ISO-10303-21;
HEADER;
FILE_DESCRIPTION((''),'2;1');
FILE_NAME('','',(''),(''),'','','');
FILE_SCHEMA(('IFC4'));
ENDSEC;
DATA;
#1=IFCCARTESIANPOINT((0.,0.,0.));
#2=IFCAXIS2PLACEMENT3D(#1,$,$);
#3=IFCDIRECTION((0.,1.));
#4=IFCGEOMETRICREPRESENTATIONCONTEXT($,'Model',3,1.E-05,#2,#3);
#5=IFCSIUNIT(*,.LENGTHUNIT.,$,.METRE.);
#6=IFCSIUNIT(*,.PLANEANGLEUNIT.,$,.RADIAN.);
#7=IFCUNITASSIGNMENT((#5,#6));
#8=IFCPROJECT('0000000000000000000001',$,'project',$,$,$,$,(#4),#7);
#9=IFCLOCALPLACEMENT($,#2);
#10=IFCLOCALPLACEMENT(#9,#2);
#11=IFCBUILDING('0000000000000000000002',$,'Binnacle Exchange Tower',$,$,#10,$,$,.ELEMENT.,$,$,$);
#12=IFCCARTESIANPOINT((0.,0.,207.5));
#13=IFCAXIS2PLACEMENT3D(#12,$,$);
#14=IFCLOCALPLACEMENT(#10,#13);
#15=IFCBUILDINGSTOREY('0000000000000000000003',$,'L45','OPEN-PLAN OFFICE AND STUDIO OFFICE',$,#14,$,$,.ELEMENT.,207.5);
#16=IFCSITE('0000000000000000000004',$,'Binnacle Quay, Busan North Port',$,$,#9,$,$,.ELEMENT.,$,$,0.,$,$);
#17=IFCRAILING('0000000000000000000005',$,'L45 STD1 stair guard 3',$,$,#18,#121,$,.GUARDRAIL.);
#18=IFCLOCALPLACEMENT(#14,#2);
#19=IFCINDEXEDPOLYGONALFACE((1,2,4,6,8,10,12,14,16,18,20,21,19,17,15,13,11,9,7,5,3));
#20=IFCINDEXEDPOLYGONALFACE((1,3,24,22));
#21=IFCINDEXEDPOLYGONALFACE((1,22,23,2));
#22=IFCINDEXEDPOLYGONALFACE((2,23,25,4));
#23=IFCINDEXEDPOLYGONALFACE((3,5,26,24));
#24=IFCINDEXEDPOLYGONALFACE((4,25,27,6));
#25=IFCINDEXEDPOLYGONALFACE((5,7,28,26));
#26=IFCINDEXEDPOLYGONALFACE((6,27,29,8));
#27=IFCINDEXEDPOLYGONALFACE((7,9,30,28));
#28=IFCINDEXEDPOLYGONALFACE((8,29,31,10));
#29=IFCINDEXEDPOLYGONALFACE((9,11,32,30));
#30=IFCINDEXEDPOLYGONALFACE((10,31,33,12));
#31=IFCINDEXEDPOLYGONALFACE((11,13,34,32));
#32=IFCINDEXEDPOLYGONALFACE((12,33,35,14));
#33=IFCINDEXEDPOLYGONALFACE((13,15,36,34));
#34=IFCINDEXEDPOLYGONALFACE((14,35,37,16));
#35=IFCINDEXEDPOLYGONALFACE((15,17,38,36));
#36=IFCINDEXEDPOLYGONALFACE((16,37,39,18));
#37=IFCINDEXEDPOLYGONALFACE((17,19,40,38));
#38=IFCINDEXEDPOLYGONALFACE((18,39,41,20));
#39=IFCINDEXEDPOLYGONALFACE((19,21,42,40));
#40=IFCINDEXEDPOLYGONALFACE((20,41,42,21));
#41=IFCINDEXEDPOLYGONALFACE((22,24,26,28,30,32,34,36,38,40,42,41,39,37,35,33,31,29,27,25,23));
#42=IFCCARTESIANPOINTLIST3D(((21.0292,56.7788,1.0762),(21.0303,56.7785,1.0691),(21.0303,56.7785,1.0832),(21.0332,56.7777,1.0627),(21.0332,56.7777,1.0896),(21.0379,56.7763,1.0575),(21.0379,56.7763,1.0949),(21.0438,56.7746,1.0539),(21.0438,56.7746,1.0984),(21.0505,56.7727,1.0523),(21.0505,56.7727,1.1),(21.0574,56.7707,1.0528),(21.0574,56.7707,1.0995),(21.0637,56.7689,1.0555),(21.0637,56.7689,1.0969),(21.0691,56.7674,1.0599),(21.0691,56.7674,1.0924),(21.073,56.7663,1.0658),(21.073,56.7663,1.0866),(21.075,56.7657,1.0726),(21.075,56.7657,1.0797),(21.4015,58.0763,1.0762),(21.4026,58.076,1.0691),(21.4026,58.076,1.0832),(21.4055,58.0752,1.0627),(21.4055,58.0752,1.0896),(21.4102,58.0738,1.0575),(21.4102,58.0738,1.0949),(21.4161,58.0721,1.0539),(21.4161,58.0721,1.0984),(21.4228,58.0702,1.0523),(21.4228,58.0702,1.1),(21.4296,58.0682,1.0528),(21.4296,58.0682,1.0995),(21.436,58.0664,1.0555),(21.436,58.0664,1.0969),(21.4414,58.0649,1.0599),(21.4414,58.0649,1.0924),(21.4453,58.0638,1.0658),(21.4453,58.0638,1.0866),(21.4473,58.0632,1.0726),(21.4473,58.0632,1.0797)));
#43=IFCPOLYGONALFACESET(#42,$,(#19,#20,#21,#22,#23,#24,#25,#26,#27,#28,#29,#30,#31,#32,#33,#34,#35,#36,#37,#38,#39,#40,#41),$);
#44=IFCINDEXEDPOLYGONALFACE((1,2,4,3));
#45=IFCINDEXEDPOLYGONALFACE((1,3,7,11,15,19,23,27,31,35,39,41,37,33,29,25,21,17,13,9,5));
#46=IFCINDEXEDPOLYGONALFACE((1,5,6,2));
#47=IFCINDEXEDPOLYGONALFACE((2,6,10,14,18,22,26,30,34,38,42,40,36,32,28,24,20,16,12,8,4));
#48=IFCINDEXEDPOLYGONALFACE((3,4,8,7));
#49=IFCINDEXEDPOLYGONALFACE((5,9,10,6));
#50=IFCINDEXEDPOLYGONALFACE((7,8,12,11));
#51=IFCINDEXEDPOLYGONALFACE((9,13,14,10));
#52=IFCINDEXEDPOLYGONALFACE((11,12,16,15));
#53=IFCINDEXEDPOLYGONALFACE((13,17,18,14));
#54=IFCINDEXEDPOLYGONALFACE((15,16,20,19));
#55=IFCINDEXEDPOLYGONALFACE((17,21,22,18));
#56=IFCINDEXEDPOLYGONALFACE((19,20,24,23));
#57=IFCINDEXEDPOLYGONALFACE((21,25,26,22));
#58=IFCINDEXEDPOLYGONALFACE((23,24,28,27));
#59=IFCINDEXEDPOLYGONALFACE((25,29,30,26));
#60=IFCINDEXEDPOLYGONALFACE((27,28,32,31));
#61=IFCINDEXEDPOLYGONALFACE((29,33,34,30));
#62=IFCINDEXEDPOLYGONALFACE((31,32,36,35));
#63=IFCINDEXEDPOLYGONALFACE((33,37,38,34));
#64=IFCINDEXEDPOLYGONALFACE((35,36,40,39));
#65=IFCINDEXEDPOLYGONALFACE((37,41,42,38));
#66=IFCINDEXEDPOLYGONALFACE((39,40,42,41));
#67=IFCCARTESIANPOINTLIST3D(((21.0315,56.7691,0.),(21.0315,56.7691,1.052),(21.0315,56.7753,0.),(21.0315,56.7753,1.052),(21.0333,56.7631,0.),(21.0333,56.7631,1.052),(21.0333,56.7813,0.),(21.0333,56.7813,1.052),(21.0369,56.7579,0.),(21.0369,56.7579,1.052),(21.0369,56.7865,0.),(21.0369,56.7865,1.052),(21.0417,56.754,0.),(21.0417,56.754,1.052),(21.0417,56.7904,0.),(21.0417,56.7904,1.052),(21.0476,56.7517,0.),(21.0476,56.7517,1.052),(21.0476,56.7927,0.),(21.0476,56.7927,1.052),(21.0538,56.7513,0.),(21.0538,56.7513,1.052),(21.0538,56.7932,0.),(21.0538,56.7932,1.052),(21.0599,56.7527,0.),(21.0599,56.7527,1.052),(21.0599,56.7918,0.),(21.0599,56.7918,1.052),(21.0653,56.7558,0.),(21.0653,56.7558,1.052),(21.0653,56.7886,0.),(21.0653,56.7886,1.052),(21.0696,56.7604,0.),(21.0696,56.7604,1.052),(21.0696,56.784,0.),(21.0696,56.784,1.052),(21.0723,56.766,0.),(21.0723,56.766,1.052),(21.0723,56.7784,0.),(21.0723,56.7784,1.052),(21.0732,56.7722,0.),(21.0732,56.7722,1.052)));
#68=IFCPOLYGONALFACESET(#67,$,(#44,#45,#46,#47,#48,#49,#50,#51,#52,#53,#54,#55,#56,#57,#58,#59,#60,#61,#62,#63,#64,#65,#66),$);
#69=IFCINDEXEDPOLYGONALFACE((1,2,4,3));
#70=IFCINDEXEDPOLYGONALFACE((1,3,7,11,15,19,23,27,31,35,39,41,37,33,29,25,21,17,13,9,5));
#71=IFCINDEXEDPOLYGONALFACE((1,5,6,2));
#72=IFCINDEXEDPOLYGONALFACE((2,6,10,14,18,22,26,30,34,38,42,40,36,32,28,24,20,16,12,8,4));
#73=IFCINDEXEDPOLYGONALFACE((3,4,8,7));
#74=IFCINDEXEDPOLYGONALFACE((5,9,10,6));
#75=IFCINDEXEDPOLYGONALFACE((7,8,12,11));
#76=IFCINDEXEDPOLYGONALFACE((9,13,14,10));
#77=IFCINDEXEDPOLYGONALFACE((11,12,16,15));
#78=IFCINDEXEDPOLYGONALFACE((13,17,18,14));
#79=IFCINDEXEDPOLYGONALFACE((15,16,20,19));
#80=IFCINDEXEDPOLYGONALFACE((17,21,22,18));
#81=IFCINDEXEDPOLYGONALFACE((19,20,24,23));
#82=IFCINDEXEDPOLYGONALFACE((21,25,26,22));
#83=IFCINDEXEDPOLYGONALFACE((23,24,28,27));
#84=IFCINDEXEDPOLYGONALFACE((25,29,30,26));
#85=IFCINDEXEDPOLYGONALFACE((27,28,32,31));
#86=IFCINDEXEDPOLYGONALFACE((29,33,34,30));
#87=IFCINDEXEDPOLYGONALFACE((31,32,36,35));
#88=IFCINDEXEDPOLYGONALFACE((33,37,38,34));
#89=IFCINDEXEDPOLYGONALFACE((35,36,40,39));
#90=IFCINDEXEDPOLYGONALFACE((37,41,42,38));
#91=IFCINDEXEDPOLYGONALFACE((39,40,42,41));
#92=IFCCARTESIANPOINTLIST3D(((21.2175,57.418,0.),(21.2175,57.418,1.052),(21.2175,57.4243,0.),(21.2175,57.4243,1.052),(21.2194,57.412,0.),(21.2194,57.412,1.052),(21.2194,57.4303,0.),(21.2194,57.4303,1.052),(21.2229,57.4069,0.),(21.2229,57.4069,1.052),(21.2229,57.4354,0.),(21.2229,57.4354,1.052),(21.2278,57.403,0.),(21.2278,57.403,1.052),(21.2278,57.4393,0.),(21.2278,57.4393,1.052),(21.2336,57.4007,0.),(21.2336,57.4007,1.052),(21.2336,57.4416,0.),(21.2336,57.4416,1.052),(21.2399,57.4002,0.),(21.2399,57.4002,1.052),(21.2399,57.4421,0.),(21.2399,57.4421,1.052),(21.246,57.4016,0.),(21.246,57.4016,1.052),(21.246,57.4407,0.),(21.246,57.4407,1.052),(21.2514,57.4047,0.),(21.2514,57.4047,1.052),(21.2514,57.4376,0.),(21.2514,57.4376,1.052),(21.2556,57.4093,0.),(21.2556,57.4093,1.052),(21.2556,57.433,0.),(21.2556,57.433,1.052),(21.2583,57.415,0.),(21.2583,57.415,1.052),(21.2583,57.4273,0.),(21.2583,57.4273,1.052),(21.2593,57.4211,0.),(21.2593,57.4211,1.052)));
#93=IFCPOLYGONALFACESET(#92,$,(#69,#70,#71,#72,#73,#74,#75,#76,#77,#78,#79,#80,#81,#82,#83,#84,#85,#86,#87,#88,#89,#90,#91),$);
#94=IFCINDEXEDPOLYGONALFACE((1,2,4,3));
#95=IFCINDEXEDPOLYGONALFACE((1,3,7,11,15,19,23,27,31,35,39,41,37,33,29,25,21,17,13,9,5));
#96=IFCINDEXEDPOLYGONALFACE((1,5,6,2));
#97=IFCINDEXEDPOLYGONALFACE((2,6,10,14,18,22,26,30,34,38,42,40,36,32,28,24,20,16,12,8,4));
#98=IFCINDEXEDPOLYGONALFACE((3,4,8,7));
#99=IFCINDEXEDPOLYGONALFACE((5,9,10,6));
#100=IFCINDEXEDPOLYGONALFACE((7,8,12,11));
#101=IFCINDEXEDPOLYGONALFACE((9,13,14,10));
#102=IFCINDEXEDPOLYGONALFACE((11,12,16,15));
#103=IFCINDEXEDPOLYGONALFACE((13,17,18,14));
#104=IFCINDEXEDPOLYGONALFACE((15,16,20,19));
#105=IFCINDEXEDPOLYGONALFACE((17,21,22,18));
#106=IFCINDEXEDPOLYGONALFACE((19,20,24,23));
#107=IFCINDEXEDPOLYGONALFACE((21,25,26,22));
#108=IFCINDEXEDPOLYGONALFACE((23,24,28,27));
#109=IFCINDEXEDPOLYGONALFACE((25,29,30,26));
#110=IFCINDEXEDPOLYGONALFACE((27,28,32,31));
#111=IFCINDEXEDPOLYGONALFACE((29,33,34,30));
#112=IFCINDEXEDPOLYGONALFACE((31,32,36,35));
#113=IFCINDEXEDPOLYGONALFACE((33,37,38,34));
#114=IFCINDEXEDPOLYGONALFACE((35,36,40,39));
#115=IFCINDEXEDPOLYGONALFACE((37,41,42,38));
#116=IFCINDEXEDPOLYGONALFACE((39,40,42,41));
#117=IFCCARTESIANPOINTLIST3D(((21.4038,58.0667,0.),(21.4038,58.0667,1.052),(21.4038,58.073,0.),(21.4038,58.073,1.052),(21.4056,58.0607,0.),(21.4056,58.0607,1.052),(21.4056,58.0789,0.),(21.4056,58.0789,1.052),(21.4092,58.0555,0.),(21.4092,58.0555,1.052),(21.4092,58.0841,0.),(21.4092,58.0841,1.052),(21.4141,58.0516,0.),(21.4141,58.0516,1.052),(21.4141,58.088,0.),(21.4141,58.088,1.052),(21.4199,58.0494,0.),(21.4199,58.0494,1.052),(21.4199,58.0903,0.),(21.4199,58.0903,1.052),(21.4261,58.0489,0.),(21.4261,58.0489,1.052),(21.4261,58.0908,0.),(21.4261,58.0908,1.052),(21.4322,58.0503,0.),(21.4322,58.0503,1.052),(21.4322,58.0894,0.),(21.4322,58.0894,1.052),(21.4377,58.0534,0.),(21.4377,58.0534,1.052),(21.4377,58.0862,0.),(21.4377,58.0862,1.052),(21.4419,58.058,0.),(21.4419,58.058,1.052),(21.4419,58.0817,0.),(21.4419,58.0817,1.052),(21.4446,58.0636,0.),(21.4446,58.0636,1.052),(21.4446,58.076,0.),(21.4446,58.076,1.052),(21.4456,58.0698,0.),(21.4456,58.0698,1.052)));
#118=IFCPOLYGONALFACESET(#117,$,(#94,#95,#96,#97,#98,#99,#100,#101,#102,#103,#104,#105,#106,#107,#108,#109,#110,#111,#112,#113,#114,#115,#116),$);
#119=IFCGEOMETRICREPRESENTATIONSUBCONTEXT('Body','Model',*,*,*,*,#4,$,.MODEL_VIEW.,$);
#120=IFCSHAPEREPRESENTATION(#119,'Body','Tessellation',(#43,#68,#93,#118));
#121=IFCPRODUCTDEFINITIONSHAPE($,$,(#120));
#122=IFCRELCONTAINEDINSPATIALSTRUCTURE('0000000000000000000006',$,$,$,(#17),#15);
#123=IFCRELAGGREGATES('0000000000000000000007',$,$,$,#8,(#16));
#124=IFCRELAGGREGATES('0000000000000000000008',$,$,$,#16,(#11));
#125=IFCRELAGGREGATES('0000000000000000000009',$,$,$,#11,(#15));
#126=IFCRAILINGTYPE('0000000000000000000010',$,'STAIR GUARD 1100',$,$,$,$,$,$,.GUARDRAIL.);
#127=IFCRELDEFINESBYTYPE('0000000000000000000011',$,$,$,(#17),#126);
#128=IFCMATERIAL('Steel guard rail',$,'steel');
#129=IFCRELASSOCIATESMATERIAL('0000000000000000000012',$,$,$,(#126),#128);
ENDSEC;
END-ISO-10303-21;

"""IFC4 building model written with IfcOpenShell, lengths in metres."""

from ifc_helpers import new_model, si_unit, direction, frame, origin, origin_2d, place, context, subcontext, project, spatial, circle, extrude, material, type_object, element, save


model = new_model("IFC4")

# Units and contexts
model_context = context("Model", 3, precision=1e-05, world=origin(), true_north=direction((0.0, 1.0)))
body_context = subcontext(model_context, "Body", "Model", "MODEL_VIEW")
ifc_project = project(units=[si_unit("LENGTHUNIT", "METRE"), si_unit("PLANEANGLEUNIT", "RADIAN")], contexts=[model_context])

# Site, building, storey
site_placement = place(None, origin())
site = spatial("IfcSite", under=ifc_project, at=site_placement, Name="Binnacle Quay, Busan North Port", CompositionType="ELEMENT", RefElevation=0.0)
building_placement = place(site_placement, origin())
building = spatial("IfcBuilding", under=site, at=building_placement, Name="Binnacle Exchange Tower", CompositionType="ELEMENT")
storey_placement = place(building_placement, frame((0.0, 0.0, 207.5)))
storey = spatial("IfcBuildingStorey", under=building, at=storey_placement, Name="L45", Description="OPEN-PLAN OFFICE AND STUDIO OFFICE", CompositionType="ELEMENT", Elevation=207.5)

# Railing
ifc_material_1 = material(Name="Steel guard rail", Category="steel")
railing_type = type_object("IfcRailingType", Name="STAIR GUARD 1100", PredefinedType="GUARDRAIL", material=ifc_material_1)
railing_1_placement = place(storey_placement, frame((21.0522, 56.7722, 0.0)))
element("IfcRailing", 1, at=railing_1_placement, inside=storey, type_object=railing_type, Name="L45 STD1 stair guard 3", PredefinedType="GUARDRAIL", context=body_context, shape_type="SweptSolid", body=[
    extrude(circle(Radius=0.0239, at=origin_2d()), frame((0.0, 0.0, 1.0762), z_axis=(0.275796, 0.961216, 0.0), x_axis=(-0.961216, 0.275796, 0.0)), (0.0, 0.0, 1.0), 1.3499),
    extrude(circle(Radius=0.021, at=origin_2d()), origin(), (0.0, 0.0, 1.0), 1.052),
    extrude(circle(Radius=0.021, at=origin_2d()), frame((0.186, 0.6489, 0.0)), (0.0, 0.0, 1.0), 1.052),
    extrude(circle(Radius=0.021, at=origin_2d()), frame((0.3723, 1.2976, 0.0)), (0.0, 0.0, 1.0), 1.052),
])

save(model, "model.ifc")
